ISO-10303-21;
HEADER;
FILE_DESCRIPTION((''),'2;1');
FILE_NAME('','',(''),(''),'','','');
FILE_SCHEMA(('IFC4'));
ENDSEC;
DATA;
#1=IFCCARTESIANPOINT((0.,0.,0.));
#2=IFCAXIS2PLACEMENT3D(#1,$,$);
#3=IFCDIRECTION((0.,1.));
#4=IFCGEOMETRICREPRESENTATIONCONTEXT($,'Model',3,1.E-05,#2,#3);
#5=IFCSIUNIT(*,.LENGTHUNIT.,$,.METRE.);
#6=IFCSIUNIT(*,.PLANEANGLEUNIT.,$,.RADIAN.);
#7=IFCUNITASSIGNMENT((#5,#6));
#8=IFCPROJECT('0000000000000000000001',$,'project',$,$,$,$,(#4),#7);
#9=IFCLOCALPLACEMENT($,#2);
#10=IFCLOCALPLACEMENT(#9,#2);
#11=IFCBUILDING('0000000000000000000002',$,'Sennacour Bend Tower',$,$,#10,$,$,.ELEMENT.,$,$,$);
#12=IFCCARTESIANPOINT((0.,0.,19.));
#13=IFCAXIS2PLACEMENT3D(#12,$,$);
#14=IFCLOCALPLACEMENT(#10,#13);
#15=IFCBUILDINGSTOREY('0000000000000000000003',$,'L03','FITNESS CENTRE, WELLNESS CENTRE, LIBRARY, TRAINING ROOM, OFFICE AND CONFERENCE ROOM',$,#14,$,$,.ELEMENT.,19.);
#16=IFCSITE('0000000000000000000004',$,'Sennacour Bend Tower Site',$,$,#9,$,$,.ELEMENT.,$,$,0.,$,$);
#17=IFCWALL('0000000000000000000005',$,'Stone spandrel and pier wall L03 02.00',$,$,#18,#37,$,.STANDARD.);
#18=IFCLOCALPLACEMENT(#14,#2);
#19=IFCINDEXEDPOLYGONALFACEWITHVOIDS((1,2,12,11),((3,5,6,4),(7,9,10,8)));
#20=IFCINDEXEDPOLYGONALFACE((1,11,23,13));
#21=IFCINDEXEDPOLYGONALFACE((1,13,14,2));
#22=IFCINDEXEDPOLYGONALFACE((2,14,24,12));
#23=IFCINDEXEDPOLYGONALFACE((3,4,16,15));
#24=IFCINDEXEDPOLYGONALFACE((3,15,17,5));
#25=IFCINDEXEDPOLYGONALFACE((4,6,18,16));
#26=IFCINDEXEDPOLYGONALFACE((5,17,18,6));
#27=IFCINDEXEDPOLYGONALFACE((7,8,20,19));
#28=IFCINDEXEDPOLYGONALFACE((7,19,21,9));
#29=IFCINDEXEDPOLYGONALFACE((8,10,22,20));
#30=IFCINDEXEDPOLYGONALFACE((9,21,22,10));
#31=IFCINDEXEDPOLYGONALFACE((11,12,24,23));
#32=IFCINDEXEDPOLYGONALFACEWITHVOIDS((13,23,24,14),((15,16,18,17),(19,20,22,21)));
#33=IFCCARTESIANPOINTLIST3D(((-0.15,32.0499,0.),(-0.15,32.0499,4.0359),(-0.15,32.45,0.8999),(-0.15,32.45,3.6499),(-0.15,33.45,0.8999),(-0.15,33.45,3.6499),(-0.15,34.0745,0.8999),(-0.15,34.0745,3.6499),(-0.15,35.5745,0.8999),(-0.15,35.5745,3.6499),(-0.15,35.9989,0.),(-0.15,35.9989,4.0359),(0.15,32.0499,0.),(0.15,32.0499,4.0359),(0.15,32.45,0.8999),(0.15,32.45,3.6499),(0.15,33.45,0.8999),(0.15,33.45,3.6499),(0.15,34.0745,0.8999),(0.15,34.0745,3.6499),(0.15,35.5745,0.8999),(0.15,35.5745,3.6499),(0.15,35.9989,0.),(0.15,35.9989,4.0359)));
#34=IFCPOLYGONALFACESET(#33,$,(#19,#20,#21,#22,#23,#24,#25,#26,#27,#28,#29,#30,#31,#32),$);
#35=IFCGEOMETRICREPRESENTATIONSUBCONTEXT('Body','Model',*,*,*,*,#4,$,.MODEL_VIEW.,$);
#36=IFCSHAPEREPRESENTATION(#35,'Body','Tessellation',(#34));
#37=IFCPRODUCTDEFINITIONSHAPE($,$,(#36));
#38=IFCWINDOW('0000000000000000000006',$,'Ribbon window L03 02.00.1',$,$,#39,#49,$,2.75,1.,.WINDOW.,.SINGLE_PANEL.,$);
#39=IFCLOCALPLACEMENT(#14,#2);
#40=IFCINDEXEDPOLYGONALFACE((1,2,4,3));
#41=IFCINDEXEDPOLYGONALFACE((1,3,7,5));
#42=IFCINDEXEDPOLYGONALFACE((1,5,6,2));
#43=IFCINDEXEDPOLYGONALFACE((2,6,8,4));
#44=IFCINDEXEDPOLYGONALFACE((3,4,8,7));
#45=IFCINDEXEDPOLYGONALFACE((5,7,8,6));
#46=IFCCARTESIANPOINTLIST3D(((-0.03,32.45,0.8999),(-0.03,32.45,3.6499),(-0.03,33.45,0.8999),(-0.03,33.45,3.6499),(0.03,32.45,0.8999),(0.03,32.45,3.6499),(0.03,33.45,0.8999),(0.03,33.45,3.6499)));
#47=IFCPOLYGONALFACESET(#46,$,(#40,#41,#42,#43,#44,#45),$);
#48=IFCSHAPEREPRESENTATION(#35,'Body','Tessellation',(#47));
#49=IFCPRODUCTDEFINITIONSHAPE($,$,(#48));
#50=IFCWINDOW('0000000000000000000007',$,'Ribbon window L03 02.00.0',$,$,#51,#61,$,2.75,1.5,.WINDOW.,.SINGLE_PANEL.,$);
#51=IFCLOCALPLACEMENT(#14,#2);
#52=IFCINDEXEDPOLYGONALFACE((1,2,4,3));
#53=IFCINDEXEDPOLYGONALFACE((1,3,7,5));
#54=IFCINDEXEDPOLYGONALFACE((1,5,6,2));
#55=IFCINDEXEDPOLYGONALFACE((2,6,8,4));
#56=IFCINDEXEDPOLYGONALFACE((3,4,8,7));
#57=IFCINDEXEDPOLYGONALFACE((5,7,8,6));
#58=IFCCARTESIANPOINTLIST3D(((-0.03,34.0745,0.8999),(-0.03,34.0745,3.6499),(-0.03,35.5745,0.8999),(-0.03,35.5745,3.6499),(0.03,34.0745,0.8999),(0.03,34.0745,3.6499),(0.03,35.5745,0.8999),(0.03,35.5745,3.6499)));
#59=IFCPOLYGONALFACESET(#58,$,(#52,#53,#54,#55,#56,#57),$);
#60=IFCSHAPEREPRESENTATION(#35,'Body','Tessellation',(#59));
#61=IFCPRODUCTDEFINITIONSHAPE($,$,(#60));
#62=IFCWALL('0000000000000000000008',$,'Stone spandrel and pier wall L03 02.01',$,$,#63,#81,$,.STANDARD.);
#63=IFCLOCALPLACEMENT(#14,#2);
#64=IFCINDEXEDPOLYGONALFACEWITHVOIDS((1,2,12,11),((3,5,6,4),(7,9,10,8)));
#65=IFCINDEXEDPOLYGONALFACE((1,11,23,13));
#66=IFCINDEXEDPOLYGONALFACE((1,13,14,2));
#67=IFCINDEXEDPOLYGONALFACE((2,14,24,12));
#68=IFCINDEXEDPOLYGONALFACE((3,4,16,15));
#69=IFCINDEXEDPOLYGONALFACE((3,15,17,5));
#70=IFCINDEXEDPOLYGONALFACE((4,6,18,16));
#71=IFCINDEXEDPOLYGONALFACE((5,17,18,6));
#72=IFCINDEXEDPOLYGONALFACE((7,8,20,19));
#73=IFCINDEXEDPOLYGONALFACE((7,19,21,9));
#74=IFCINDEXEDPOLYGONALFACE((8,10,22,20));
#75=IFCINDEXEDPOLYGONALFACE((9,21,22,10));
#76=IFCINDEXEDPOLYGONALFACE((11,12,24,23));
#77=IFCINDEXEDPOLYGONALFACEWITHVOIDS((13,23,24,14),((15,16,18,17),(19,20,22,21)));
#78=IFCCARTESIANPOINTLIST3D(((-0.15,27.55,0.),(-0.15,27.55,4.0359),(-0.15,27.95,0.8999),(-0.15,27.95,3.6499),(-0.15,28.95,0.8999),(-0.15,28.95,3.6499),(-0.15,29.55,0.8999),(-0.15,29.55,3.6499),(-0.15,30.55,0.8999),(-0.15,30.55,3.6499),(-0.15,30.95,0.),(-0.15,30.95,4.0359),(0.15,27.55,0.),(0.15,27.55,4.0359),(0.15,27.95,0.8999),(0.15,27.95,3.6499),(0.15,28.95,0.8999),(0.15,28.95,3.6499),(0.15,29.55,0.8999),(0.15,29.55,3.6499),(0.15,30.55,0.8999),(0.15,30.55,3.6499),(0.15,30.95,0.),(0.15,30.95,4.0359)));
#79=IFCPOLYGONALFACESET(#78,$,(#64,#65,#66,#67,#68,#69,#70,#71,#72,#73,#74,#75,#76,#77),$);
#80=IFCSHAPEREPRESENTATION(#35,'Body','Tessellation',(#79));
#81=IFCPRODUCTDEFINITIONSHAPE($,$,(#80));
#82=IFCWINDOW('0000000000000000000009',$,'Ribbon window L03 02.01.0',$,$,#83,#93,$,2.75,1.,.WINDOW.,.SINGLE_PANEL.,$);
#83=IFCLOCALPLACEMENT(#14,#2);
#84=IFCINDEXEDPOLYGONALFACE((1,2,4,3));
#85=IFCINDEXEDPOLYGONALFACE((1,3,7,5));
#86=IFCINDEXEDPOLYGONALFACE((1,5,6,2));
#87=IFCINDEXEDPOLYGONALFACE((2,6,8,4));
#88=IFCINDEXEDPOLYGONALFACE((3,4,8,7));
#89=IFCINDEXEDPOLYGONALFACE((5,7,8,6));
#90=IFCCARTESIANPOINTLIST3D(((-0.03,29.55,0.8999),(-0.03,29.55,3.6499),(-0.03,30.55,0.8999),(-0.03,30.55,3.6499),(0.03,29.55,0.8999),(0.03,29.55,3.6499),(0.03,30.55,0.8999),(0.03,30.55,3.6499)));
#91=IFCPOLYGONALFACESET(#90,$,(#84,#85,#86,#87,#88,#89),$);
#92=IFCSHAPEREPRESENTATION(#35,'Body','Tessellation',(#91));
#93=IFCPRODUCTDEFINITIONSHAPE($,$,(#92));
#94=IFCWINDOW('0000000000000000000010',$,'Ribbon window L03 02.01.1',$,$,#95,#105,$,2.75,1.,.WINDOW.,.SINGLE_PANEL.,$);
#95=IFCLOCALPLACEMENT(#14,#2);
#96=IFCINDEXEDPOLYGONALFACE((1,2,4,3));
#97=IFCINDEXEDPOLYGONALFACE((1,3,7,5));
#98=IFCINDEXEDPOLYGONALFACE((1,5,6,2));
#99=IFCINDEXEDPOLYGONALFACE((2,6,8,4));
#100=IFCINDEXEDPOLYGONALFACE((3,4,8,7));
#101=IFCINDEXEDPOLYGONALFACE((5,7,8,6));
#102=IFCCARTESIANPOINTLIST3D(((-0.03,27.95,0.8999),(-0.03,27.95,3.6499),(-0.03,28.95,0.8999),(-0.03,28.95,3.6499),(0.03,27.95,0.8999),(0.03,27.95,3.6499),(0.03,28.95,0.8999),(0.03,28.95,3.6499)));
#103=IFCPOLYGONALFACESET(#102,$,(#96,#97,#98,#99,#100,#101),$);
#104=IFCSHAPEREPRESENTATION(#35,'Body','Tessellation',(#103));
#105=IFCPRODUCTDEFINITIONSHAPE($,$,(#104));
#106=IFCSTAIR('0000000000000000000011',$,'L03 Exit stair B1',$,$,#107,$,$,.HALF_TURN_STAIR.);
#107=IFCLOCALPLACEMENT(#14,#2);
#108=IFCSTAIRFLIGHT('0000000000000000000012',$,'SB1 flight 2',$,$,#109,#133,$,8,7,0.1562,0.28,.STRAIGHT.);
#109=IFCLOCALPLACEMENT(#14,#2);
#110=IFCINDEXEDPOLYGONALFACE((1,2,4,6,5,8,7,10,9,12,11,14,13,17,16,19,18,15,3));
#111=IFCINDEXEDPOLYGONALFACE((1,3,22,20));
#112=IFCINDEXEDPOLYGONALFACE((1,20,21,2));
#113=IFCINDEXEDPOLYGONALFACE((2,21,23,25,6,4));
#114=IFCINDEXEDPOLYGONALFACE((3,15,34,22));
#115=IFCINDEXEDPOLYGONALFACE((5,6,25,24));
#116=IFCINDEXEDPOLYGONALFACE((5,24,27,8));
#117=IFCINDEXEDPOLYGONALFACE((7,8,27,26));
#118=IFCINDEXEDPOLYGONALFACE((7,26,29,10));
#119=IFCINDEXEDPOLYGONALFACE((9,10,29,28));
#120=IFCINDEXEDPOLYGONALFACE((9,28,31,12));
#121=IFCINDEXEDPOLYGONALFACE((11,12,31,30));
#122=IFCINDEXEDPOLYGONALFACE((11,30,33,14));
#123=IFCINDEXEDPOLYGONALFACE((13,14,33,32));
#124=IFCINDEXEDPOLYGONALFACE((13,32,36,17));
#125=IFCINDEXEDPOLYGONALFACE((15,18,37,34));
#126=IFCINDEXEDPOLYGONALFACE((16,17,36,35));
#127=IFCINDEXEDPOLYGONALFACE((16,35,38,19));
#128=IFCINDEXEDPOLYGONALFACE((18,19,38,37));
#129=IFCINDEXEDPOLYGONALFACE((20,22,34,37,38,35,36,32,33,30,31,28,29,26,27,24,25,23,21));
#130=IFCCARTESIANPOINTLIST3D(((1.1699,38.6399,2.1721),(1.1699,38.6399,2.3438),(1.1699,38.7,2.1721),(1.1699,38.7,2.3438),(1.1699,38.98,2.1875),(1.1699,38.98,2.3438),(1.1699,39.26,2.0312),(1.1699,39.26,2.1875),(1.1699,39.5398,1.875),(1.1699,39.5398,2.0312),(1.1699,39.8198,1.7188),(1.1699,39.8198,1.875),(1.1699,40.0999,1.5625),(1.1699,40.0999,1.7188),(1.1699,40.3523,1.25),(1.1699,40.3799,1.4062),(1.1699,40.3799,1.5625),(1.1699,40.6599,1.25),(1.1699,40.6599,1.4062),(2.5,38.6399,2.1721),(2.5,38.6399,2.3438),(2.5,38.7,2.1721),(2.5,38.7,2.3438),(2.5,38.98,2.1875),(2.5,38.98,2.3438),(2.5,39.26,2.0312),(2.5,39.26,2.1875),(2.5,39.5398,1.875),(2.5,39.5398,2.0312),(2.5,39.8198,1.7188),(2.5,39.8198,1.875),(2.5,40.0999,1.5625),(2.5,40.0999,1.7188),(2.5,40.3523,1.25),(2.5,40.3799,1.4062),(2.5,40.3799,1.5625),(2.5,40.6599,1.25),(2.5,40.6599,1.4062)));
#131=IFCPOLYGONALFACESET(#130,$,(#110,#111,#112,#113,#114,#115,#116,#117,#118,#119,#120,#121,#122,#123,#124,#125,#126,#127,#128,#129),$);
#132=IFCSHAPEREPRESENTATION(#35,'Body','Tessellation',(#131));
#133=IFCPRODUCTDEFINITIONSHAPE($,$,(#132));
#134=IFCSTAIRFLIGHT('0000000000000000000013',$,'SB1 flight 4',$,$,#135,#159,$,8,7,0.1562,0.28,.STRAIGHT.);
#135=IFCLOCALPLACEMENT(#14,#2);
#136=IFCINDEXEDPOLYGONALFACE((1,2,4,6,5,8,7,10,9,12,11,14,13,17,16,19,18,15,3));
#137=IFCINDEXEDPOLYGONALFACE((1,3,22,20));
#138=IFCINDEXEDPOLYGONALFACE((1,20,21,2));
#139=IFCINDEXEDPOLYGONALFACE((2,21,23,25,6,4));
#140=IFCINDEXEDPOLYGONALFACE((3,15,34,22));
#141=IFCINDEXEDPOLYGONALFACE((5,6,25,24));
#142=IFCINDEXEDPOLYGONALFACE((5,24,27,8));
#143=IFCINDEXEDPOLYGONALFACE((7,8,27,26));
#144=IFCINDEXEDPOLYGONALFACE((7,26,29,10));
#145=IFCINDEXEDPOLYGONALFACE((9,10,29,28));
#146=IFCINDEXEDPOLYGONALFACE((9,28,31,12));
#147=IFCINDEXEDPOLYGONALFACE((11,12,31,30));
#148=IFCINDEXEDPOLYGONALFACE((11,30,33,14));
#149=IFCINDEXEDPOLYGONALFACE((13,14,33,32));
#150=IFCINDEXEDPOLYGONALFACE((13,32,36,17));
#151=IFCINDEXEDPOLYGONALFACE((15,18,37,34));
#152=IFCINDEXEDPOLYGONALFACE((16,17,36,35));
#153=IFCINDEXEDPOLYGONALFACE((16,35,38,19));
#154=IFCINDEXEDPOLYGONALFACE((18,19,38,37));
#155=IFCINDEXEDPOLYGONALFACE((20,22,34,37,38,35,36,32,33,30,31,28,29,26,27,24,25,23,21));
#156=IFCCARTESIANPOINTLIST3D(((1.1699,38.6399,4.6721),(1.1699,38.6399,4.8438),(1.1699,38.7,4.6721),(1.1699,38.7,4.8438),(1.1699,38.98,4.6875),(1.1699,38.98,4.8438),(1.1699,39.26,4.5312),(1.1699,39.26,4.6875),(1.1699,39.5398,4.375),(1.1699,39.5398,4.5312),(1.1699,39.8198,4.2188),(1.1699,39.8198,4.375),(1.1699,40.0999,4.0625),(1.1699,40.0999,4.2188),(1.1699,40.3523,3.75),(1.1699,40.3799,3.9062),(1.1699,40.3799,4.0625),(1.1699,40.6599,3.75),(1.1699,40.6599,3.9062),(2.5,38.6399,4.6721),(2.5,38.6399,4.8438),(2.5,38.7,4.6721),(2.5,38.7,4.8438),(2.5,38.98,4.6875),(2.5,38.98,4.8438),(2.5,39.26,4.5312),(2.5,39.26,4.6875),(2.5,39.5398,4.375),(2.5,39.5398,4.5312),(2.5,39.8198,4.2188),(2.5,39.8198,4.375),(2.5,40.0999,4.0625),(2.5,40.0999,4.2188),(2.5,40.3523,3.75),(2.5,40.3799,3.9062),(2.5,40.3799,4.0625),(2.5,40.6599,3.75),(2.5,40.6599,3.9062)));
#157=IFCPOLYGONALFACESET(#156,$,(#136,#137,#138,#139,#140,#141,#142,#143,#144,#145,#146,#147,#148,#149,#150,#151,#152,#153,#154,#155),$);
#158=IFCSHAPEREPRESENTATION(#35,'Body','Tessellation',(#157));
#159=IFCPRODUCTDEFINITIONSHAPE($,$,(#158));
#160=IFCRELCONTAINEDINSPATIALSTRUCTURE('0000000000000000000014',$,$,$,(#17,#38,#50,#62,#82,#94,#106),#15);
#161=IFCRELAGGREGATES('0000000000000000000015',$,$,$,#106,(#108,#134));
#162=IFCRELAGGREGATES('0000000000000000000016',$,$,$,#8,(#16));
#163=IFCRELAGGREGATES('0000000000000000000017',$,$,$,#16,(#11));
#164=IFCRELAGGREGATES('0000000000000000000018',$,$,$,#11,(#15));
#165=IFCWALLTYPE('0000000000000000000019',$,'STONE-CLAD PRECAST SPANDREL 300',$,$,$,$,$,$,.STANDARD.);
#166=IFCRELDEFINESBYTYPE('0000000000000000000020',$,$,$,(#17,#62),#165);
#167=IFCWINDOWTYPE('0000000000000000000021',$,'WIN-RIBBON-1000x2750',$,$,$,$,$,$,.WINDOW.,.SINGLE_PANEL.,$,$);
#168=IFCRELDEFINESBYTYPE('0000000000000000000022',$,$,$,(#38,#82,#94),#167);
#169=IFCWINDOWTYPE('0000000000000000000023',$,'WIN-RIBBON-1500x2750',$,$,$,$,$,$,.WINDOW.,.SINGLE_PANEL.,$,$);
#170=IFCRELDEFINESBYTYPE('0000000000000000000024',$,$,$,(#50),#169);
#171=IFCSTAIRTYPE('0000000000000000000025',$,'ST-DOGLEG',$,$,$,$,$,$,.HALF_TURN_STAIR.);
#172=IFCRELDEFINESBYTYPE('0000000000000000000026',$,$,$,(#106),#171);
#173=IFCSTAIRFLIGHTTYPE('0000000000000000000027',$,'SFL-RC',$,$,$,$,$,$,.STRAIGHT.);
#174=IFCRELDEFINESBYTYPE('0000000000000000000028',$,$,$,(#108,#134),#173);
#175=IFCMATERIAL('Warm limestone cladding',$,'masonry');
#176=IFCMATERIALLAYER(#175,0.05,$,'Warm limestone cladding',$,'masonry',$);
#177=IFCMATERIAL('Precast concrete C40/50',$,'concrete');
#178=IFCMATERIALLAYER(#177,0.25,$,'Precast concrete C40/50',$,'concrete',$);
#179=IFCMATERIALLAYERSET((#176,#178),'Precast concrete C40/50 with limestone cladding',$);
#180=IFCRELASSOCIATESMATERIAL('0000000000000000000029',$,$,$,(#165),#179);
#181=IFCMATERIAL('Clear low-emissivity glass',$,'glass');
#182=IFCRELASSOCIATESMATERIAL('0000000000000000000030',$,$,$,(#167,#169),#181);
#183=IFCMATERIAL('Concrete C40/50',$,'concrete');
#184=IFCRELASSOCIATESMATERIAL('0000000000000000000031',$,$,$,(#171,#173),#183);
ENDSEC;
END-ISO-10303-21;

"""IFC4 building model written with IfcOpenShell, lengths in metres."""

from ifc_helpers import new_model, si_unit, direction, frame, frame_2d, origin, place, context, subcontext, project, spatial, polyline, rectangle, outline, extrude, material, layer, layer_set, type_object, element, fill, aggregate, save


model = new_model("IFC4")

# Units and contexts
model_context = context("Model", 3, precision=1e-05, world=origin(), true_north=direction((0.0, 1.0)))
body_context = subcontext(model_context, "Body", "Model", "MODEL_VIEW")
ifc_project = project(units=[si_unit("LENGTHUNIT", "METRE"), si_unit("PLANEANGLEUNIT", "RADIAN")], contexts=[model_context])

# Site, building, storey
site_placement = place(None, origin())
site = spatial("IfcSite", under=ifc_project, at=site_placement, Name="Sennacour Bend Tower Site", CompositionType="ELEMENT", RefElevation=0.0)
building_placement = place(site_placement, origin())
building = spatial("IfcBuilding", under=site, at=building_placement, Name="Sennacour Bend Tower", CompositionType="ELEMENT")
storey_placement = place(building_placement, frame((0.0, 0.0, 19.0)))
storey = spatial("IfcBuildingStorey", under=building, at=storey_placement, Name="L03", Description="FITNESS CENTRE, WELLNESS CENTRE, LIBRARY, TRAINING ROOM, OFFICE AND CONFERENCE ROOM", CompositionType="ELEMENT", Elevation=19.0)

# Walls, openings, windows
ifc_material_1 = material(Name="Warm limestone cladding", Category="masonry")
ifc_layer_1 = layer(ifc_material_1, 0.05, Name="Warm limestone cladding", Category="masonry")
ifc_material_2 = material(Name="Precast concrete C40/50", Category="concrete")
ifc_layer_2 = layer(ifc_material_2, 0.25, Name="Precast concrete C40/50", Category="concrete")
ifc_layer_set_1 = layer_set([ifc_layer_1, ifc_layer_2], Name="Precast concrete C40/50 with limestone cladding")
wall_type_1 = type_object("IfcWallType", Name="STONE-CLAD PRECAST SPANDREL 300", PredefinedType="STANDARD", material=ifc_layer_set_1)
wall_1_placement = place(storey_placement, frame((0.0, 35.999, 0.0), z_axis=(0.0, 0.0, 1.0), x_axis=(0.0, -1.0, 0.0)))
wall_1 = element("IfcWall", 1, at=wall_1_placement, inside=storey, type_object=wall_type_1, Name="Stone spandrel and pier wall L03 02.00", PredefinedType="STANDARD", context=body_context, shape_type="SweptSolid", body=[
    extrude(rectangle(XDim=3.949, YDim=0.3, at=frame_2d((1.9746, 0.0))), origin(), (0.0, 0.0, 1.0), 4.0359),
])
opening_1_placement = place(wall_1_placement, frame((0.4246, 0.0, 0.8999)))
opening_1 = element("IfcOpeningElement", 2, at=opening_1_placement, cuts=wall_1, PredefinedType="OPENING", context=body_context, shape_type="SweptSolid", body=[
    extrude(rectangle(XDim=1.5, YDim=2.75, at=frame_2d((0.75, 1.375))), frame((0.0, 0.1602, 0.0), z_axis=(0.0, -1.0, 0.0), x_axis=(1.0, 0.0, 0.0)), (0.0, 0.0, 1.0), 0.3201),
])
opening_2_placement = place(wall_1_placement, frame((2.5491, 0.0, 0.8999)))
opening_2 = element("IfcOpeningElement", 3, at=opening_2_placement, cuts=wall_1, PredefinedType="OPENING", context=body_context, shape_type="SweptSolid", body=[
    extrude(rectangle(XDim=1.0, YDim=2.75, at=frame_2d((0.5, 1.375))), frame((0.0, 0.1602, 0.0), z_axis=(0.0, -1.0, 0.0), x_axis=(1.0, 0.0, 0.0)), (0.0, 0.0, 1.0), 0.3201),
])
ifc_material_3 = material(Name="Clear low-emissivity glass", Category="glass")
window_type_1 = type_object("IfcWindowType", Name="WIN-RIBBON-1000x2750", PartitioningType="SINGLE_PANEL", PredefinedType="WINDOW", material=ifc_material_3)
window_1_placement = place(opening_2_placement, origin())
window_1 = element("IfcWindow", 4, at=window_1_placement, inside=storey, type_object=window_type_1, Name="Ribbon window L03 02.00.1", OverallHeight=2.75, OverallWidth=1.0, PartitioningType="SINGLE_PANEL", PredefinedType="WINDOW", context=body_context, shape_type="SweptSolid", body=[
    extrude(rectangle(XDim=1.0, YDim=2.75, at=frame_2d((0.5, 1.375))), frame((0.0, 0.03, 0.0), z_axis=(0.0, -1.0, 0.0), x_axis=(1.0, 0.0, 0.0)), (0.0, 0.0, 1.0), 0.0601),
])
fill(opening_2, window_1)
window_type_2 = type_object("IfcWindowType", Name="WIN-RIBBON-1500x2750", PartitioningType="SINGLE_PANEL", PredefinedType="WINDOW", material=ifc_material_3)
window_2_placement = place(opening_1_placement, origin())
window_2 = element("IfcWindow", 5, at=window_2_placement, inside=storey, type_object=window_type_2, Name="Ribbon window L03 02.00.0", OverallHeight=2.75, OverallWidth=1.5, PartitioningType="SINGLE_PANEL", PredefinedType="WINDOW", context=body_context, shape_type="SweptSolid", body=[
    extrude(rectangle(XDim=1.5, YDim=2.75, at=frame_2d((0.75, 1.375))), frame((0.0, 0.03, 0.0), z_axis=(0.0, -1.0, 0.0), x_axis=(1.0, 0.0, 0.0)), (0.0, 0.0, 1.0), 0.0601),
])
fill(opening_1, window_2)
wall_2_placement = place(storey_placement, frame((0.0, 30.95, 0.0), z_axis=(0.0, 0.0, 1.0), x_axis=(0.0, -1.0, 0.0)))
wall_2 = element("IfcWall", 6, at=wall_2_placement, inside=storey, type_object=wall_type_1, Name="Stone spandrel and pier wall L03 02.01", PredefinedType="STANDARD", context=body_context, shape_type="SweptSolid", body=[
    extrude(rectangle(XDim=3.3999, YDim=0.3, at=frame_2d((1.7, 0.0))), origin(), (0.0, 0.0, 1.0), 4.0359),
])
opening_3_placement = place(wall_2_placement, frame((0.3999, 0.0, 0.8999)))
opening_3 = element("IfcOpeningElement", 7, at=opening_3_placement, cuts=wall_2, PredefinedType="OPENING", context=body_context, shape_type="SweptSolid", body=[
    extrude(rectangle(XDim=1.0, YDim=2.75, at=frame_2d((0.5, 1.375))), frame((0.0, 0.1602, 0.0), z_axis=(0.0, -1.0, 0.0), x_axis=(1.0, 0.0, 0.0)), (0.0, 0.0, 1.0), 0.3201),
])
opening_4_placement = place(wall_2_placement, frame((2.0, 0.0, 0.8999)))
opening_4 = element("IfcOpeningElement", 8, at=opening_4_placement, cuts=wall_2, PredefinedType="OPENING", context=body_context, shape_type="SweptSolid", body=[
    extrude(rectangle(XDim=1.0, YDim=2.75, at=frame_2d((0.5, 1.375))), frame((0.0, 0.1602, 0.0), z_axis=(0.0, -1.0, 0.0), x_axis=(1.0, 0.0, 0.0)), (0.0, 0.0, 1.0), 0.3201),
])
window_3_placement = place(opening_3_placement, origin())
window_3 = element("IfcWindow", 9, at=window_3_placement, inside=storey, type_object=window_type_1, Name="Ribbon window L03 02.01.0", OverallHeight=2.75, OverallWidth=1.0, PartitioningType="SINGLE_PANEL", PredefinedType="WINDOW", context=body_context, shape_type="SweptSolid", body=[
    extrude(rectangle(XDim=1.0, YDim=2.75, at=frame_2d((0.5, 1.375))), frame((0.0, 0.03, 0.0), z_axis=(0.0, -1.0, 0.0), x_axis=(1.0, 0.0, 0.0)), (0.0, 0.0, 1.0), 0.0601),
])
fill(opening_3, window_3)
window_4_placement = place(opening_4_placement, origin())
window_4 = element("IfcWindow", 10, at=window_4_placement, inside=storey, type_object=window_type_1, Name="Ribbon window L03 02.01.1", OverallHeight=2.75, OverallWidth=1.0, PartitioningType="SINGLE_PANEL", PredefinedType="WINDOW", context=body_context, shape_type="SweptSolid", body=[
    extrude(rectangle(XDim=1.0, YDim=2.75, at=frame_2d((0.5, 1.375))), frame((0.0, 0.03, 0.0), z_axis=(0.0, -1.0, 0.0), x_axis=(1.0, 0.0, 0.0)), (0.0, 0.0, 1.0), 0.0601),
])
fill(opening_4, window_4)

# Stair, stair flights
ifc_material_4 = material(Name="Concrete C40/50", Category="concrete")
stair_type = type_object("IfcStairType", Name="ST-DOGLEG", PredefinedType="HALF_TURN_STAIR", material=ifc_material_4)
stair_placement = place(storey_placement, origin())
stair = element("IfcStair", 11, at=stair_placement, inside=storey, type_object=stair_type, Name="L03 Exit stair B1", PredefinedType="HALF_TURN_STAIR")
stair_flight_type = type_object("IfcStairFlightType", Name="SFL-RC", PredefinedType="STRAIGHT", material=ifc_material_4)
stair_flight_1_placement = place(storey_placement, frame((1.835, 40.6599, 1.25), z_axis=(0.0, 0.0, 1.0), x_axis=(0.0, -1.0, 0.0)))
stair_flight_1 = element("IfcStairFlight", 12, at=stair_flight_1_placement, type_object=stair_flight_type, Name="SB1 flight 2", NumberOfRisers=8, NumberOfTreads=7, PredefinedType="STRAIGHT", RiserHeight=0.1562, TreadLength=0.28, context=body_context, shape_type="SweptSolid", body=[
    extrude(outline(polyline([(0.0, 0.0), (0.0, 0.1562), (0.28, 0.1562), (0.28, 0.3125), (0.5601, 0.3125), (0.5601, 0.4688), (0.8401, 0.4688), (0.8401, 0.625), (1.1201, 0.625), (1.1201, 0.7812), (1.3999, 0.7812), (1.3999, 0.9375), (1.6799, 0.9375), (1.6799, 1.0938), (1.96, 1.0938), (2.02, 1.0938), (2.02, 0.9221), (1.96, 0.9221), (0.3076, 0.0), (0.0, 0.0)])), frame((0.0, 0.665, 0.0), z_axis=(0.0, -1.0, 0.0), x_axis=(1.0, 0.0, 0.0)), (0.0, 0.0, 1.0), 1.3301),
])
stair_flight_2_placement = place(storey_placement, frame((1.835, 40.6599, 3.75), z_axis=(0.0, 0.0, 1.0), x_axis=(0.0, -1.0, 0.0)))
stair_flight_2 = element("IfcStairFlight", 13, at=stair_flight_2_placement, type_object=stair_flight_type, Name="SB1 flight 4", NumberOfRisers=8, NumberOfTreads=7, PredefinedType="STRAIGHT", RiserHeight=0.1562, TreadLength=0.28, context=body_context, shape_type="SweptSolid", body=[
    extrude(outline(polyline([(0.0, 0.0), (0.0, 0.1562), (0.28, 0.1562), (0.28, 0.3125), (0.5601, 0.3125), (0.5601, 0.4688), (0.8401, 0.4688), (0.8401, 0.625), (1.1201, 0.625), (1.1201, 0.7812), (1.3999, 0.7812), (1.3999, 0.9375), (1.6799, 0.9375), (1.6799, 1.0938), (1.96, 1.0938), (2.02, 1.0938), (2.02, 0.9221), (1.96, 0.9221), (0.3076, 0.0), (0.0, 0.0)])), frame((0.0, 0.665, 0.0), z_axis=(0.0, -1.0, 0.0), x_axis=(1.0, 0.0, 0.0)), (0.0, 0.0, 1.0), 1.3301),
])
aggregate(stair, [stair_flight_1, stair_flight_2])

save(model, "model.ifc")
